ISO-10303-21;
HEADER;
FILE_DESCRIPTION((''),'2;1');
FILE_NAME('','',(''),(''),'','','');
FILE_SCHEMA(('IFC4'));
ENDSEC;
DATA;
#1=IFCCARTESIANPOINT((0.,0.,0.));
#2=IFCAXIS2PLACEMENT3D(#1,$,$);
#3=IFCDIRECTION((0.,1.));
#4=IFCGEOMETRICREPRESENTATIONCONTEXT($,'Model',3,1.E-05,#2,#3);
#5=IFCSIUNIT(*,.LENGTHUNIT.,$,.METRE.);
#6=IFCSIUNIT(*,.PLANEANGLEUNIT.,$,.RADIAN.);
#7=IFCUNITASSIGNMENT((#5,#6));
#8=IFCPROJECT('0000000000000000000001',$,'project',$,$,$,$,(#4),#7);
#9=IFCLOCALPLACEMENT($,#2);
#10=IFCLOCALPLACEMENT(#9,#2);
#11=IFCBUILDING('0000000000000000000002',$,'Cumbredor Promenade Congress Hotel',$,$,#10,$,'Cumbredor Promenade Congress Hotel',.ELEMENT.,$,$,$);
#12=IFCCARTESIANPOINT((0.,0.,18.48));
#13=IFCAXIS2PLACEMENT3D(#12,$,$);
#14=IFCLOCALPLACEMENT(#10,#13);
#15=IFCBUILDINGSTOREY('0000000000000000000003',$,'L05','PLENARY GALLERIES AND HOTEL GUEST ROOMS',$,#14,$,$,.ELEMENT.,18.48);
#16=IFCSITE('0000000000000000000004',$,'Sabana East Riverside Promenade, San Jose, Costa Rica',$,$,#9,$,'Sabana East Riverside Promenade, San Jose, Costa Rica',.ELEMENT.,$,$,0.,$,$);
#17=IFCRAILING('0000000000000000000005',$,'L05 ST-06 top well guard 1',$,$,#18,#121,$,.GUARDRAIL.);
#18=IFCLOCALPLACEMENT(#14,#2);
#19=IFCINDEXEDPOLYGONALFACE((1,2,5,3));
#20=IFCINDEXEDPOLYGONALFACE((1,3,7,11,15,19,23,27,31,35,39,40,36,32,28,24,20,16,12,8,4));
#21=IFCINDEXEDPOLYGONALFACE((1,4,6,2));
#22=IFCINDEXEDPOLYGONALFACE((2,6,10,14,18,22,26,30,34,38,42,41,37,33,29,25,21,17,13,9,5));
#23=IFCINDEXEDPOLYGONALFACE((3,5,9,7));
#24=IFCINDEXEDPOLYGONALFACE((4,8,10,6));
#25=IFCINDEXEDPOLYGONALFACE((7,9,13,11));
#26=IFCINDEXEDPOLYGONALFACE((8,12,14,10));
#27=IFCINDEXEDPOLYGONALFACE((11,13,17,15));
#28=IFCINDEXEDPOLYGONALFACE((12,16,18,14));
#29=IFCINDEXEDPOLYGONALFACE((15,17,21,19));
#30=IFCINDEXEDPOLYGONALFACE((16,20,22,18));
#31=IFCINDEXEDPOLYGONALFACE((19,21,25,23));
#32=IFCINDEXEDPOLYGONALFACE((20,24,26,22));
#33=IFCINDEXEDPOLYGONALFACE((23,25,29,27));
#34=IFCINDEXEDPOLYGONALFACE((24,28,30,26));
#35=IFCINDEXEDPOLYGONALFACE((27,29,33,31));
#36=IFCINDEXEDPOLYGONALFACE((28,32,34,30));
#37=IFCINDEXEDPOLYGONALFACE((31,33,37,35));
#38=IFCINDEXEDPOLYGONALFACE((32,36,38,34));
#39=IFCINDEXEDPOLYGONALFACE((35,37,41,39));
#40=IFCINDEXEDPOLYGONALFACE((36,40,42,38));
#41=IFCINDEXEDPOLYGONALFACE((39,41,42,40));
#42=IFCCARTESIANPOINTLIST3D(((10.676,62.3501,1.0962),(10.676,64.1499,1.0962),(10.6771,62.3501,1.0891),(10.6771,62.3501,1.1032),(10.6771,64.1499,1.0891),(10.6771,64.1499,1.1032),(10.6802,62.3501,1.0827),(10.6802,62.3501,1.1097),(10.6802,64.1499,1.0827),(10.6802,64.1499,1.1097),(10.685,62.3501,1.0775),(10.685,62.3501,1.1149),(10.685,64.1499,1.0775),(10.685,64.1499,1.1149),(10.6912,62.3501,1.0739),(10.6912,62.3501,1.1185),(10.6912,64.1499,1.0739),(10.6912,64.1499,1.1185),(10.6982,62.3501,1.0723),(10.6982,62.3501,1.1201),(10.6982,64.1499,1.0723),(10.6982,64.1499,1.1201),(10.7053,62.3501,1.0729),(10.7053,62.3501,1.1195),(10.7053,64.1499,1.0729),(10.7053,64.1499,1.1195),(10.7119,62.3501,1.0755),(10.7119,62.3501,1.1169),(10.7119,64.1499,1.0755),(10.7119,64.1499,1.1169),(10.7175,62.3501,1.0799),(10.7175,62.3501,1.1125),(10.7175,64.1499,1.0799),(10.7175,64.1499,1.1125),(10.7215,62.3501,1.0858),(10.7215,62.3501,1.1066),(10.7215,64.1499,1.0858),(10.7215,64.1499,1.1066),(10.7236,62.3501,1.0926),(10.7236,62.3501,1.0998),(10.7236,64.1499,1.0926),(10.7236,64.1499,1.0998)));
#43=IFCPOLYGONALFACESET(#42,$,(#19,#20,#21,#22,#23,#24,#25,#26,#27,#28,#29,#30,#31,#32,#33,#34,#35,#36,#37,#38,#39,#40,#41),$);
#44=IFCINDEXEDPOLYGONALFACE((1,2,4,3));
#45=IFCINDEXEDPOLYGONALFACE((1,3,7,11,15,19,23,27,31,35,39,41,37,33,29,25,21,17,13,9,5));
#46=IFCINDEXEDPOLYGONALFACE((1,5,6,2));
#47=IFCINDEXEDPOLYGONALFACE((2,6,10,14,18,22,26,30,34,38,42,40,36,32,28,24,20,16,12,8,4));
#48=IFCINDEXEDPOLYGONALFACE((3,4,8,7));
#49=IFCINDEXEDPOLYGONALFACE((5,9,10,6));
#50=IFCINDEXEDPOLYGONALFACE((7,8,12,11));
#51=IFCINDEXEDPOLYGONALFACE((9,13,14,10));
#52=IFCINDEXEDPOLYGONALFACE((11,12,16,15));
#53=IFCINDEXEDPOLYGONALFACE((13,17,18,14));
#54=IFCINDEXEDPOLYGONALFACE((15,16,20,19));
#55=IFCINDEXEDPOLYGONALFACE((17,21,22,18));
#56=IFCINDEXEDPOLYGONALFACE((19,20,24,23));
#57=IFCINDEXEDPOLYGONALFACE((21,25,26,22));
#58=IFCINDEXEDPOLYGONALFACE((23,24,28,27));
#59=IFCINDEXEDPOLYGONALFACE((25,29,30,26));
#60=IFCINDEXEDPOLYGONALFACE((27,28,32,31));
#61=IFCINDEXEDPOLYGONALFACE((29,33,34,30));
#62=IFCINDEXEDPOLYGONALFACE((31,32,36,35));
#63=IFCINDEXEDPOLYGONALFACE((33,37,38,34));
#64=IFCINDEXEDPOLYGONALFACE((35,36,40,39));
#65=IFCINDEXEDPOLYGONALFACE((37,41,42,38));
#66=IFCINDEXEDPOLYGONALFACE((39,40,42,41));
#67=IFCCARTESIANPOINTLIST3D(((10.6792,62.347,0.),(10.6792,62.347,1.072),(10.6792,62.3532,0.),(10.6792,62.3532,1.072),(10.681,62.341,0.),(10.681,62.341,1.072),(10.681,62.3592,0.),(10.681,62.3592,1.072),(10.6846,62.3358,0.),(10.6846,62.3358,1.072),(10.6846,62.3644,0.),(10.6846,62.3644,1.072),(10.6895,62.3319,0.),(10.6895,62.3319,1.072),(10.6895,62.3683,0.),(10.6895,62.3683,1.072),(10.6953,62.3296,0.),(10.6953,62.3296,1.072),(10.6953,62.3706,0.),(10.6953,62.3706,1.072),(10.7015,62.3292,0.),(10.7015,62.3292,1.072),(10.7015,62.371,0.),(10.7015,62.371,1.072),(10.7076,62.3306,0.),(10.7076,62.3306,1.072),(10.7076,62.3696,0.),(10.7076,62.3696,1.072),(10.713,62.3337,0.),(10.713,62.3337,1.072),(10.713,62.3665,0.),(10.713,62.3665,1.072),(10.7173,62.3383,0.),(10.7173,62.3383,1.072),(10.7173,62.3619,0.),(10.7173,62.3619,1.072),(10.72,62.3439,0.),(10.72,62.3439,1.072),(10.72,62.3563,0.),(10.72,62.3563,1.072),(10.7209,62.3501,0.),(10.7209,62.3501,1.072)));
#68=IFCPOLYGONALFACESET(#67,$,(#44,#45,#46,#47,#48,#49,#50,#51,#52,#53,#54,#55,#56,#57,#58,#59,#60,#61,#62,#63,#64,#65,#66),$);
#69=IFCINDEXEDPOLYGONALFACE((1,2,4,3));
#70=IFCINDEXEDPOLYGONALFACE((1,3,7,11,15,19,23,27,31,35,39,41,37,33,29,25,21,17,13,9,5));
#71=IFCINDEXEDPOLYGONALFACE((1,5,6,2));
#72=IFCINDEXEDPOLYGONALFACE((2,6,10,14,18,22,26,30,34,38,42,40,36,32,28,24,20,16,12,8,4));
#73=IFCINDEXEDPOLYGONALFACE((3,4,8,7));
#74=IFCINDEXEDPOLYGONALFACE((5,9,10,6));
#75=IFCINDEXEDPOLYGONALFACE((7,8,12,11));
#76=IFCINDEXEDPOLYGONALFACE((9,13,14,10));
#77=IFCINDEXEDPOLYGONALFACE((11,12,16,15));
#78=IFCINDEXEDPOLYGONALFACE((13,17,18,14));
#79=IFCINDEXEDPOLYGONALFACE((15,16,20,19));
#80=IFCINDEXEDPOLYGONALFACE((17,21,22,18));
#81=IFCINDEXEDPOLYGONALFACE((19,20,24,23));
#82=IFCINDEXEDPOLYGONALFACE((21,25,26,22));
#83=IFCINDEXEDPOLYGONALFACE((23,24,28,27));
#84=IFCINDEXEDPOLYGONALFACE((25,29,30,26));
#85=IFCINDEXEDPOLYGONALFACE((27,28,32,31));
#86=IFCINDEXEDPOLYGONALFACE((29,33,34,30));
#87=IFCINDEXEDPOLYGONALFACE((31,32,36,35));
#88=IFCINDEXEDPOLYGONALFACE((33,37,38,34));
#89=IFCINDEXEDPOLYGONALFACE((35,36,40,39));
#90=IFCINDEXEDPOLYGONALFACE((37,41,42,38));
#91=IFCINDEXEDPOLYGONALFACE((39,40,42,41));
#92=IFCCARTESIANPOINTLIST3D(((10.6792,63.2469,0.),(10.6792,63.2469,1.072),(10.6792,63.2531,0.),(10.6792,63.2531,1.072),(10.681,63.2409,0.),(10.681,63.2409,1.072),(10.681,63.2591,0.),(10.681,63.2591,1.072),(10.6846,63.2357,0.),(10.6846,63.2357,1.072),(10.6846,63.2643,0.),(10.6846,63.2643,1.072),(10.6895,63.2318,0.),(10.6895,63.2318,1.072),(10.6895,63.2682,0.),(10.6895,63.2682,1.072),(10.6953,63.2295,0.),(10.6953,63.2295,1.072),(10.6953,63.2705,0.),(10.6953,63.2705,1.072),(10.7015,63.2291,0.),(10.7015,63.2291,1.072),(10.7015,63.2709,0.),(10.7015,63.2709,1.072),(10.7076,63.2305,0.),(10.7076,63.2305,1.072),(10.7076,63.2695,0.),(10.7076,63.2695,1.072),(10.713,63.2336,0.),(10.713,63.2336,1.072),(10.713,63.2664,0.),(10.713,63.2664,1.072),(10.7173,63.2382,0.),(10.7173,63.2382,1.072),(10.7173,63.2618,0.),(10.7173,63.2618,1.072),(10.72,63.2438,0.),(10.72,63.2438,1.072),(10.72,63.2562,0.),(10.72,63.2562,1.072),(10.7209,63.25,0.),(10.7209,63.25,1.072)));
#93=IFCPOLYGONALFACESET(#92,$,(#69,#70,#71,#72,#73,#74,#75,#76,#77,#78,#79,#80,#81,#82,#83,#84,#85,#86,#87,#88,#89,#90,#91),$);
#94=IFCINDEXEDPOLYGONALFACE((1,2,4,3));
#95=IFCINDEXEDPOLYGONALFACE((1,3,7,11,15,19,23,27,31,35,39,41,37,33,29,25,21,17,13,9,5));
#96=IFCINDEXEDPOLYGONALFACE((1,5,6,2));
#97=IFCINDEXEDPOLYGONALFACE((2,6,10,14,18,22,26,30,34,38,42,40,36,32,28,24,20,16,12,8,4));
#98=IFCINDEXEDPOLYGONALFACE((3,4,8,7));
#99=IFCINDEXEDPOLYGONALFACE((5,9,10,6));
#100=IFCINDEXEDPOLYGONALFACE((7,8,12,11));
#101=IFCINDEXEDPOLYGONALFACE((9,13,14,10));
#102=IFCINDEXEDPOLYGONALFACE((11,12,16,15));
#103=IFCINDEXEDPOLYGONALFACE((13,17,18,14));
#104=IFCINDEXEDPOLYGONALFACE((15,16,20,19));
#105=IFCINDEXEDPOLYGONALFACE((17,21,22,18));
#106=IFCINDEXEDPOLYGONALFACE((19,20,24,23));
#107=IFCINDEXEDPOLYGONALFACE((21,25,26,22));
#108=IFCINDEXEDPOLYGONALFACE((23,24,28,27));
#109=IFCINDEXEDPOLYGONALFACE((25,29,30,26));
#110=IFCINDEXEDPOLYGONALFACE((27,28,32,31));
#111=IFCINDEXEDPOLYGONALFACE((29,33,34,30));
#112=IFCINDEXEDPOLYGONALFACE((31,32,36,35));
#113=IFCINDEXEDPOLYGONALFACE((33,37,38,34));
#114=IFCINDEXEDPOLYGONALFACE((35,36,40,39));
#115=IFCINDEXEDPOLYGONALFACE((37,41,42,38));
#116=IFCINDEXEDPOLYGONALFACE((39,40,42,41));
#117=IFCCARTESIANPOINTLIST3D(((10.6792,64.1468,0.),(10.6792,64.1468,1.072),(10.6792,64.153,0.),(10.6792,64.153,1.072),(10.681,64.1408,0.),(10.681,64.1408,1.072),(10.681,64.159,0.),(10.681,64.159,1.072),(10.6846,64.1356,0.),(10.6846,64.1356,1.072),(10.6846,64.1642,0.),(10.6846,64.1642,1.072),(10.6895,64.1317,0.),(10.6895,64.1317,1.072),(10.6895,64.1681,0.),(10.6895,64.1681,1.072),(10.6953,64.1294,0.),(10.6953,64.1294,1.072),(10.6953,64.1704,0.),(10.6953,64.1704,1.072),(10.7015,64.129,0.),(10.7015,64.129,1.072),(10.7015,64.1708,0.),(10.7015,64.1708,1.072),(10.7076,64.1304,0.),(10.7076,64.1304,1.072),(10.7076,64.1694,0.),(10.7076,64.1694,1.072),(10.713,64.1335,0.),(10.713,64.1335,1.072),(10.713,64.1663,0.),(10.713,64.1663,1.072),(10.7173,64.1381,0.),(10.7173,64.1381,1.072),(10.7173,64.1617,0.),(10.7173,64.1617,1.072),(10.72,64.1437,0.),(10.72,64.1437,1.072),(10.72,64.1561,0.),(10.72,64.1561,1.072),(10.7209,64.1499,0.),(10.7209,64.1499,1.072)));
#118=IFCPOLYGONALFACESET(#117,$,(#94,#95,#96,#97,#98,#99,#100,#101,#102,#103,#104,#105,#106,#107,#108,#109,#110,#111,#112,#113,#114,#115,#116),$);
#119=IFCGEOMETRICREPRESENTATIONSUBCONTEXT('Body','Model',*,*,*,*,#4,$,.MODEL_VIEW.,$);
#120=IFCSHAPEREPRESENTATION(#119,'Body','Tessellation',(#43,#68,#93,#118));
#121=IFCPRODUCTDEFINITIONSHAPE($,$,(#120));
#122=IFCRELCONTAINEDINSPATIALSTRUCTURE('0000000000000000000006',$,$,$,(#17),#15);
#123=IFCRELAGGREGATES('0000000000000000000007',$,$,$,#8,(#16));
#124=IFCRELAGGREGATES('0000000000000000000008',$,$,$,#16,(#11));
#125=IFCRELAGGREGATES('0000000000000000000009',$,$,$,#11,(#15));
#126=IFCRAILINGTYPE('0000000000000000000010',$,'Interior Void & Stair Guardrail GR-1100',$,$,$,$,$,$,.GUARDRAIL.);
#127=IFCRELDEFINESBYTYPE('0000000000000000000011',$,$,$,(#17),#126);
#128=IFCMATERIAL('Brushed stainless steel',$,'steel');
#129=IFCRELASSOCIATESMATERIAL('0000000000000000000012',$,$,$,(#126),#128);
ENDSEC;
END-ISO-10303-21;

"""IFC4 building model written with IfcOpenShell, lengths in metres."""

from ifc_helpers import new_model, si_unit, direction, frame, origin, origin_2d, place, context, subcontext, project, spatial, circle, extrude, material, type_object, element, save


model = new_model("IFC4")

# Units and contexts
model_context = context("Model", 3, precision=1e-05, world=origin(), true_north=direction((0.0, 1.0)))
body_context = subcontext(model_context, "Body", "Model", "MODEL_VIEW")
ifc_project = project(units=[si_unit("LENGTHUNIT", "METRE"), si_unit("PLANEANGLEUNIT", "RADIAN")], contexts=[model_context])

# Site, building, storey
site_placement = place(None, origin())
site = spatial("IfcSite", under=ifc_project, at=site_placement, Name="Sabana East Riverside Promenade, San Jose, Costa Rica", LongName="Sabana East Riverside Promenade, San Jose, Costa Rica", CompositionType="ELEMENT", RefElevation=0.0)
building_placement = place(site_placement, origin())
building = spatial("IfcBuilding", under=site, at=building_placement, Name="Cumbredor Promenade Congress Hotel", LongName="Cumbredor Promenade Congress Hotel", CompositionType="ELEMENT")
storey_placement = place(building_placement, frame((0.0, 0.0, 18.48)))
storey = spatial("IfcBuildingStorey", under=building, at=storey_placement, Name="L05", Description="PLENARY GALLERIES AND HOTEL GUEST ROOMS", CompositionType="ELEMENT", Elevation=18.48)

# Railing
ifc_material_1 = material(Name="Brushed stainless steel", Category="steel")
railing_type = type_object("IfcRailingType", Name="Interior Void & Stair Guardrail GR-1100", PredefinedType="GUARDRAIL", material=ifc_material_1)
railing_placement = place(storey_placement, frame((10.7, 62.3501, 0.0)))
element("IfcRailing", 1, at=railing_placement, inside=storey, type_object=railing_type, Name="L05 ST-06 top well guard 1", PredefinedType="GUARDRAIL", context=body_context, shape_type="SweptSolid", body=[
    extrude(circle(Radius=0.0239, at=origin_2d()), frame((0.0, 0.0, 1.0962), z_axis=(0.0, 1.0, 0.0), x_axis=(-1.0, 0.0, 0.0)), (0.0, 0.0, 1.0), 1.7998),
    extrude(circle(Radius=0.021, at=origin_2d()), origin(), (0.0, 0.0, 1.0), 1.072),
    extrude(circle(Radius=0.021, at=origin_2d()), frame((0.0, 0.8999, 0.0)), (0.0, 0.0, 1.0), 1.072),
    extrude(circle(Radius=0.021, at=origin_2d()), frame((0.0, 1.7998, 0.0)), (0.0, 0.0, 1.0), 1.072),
])

save(model, "model.ifc")
